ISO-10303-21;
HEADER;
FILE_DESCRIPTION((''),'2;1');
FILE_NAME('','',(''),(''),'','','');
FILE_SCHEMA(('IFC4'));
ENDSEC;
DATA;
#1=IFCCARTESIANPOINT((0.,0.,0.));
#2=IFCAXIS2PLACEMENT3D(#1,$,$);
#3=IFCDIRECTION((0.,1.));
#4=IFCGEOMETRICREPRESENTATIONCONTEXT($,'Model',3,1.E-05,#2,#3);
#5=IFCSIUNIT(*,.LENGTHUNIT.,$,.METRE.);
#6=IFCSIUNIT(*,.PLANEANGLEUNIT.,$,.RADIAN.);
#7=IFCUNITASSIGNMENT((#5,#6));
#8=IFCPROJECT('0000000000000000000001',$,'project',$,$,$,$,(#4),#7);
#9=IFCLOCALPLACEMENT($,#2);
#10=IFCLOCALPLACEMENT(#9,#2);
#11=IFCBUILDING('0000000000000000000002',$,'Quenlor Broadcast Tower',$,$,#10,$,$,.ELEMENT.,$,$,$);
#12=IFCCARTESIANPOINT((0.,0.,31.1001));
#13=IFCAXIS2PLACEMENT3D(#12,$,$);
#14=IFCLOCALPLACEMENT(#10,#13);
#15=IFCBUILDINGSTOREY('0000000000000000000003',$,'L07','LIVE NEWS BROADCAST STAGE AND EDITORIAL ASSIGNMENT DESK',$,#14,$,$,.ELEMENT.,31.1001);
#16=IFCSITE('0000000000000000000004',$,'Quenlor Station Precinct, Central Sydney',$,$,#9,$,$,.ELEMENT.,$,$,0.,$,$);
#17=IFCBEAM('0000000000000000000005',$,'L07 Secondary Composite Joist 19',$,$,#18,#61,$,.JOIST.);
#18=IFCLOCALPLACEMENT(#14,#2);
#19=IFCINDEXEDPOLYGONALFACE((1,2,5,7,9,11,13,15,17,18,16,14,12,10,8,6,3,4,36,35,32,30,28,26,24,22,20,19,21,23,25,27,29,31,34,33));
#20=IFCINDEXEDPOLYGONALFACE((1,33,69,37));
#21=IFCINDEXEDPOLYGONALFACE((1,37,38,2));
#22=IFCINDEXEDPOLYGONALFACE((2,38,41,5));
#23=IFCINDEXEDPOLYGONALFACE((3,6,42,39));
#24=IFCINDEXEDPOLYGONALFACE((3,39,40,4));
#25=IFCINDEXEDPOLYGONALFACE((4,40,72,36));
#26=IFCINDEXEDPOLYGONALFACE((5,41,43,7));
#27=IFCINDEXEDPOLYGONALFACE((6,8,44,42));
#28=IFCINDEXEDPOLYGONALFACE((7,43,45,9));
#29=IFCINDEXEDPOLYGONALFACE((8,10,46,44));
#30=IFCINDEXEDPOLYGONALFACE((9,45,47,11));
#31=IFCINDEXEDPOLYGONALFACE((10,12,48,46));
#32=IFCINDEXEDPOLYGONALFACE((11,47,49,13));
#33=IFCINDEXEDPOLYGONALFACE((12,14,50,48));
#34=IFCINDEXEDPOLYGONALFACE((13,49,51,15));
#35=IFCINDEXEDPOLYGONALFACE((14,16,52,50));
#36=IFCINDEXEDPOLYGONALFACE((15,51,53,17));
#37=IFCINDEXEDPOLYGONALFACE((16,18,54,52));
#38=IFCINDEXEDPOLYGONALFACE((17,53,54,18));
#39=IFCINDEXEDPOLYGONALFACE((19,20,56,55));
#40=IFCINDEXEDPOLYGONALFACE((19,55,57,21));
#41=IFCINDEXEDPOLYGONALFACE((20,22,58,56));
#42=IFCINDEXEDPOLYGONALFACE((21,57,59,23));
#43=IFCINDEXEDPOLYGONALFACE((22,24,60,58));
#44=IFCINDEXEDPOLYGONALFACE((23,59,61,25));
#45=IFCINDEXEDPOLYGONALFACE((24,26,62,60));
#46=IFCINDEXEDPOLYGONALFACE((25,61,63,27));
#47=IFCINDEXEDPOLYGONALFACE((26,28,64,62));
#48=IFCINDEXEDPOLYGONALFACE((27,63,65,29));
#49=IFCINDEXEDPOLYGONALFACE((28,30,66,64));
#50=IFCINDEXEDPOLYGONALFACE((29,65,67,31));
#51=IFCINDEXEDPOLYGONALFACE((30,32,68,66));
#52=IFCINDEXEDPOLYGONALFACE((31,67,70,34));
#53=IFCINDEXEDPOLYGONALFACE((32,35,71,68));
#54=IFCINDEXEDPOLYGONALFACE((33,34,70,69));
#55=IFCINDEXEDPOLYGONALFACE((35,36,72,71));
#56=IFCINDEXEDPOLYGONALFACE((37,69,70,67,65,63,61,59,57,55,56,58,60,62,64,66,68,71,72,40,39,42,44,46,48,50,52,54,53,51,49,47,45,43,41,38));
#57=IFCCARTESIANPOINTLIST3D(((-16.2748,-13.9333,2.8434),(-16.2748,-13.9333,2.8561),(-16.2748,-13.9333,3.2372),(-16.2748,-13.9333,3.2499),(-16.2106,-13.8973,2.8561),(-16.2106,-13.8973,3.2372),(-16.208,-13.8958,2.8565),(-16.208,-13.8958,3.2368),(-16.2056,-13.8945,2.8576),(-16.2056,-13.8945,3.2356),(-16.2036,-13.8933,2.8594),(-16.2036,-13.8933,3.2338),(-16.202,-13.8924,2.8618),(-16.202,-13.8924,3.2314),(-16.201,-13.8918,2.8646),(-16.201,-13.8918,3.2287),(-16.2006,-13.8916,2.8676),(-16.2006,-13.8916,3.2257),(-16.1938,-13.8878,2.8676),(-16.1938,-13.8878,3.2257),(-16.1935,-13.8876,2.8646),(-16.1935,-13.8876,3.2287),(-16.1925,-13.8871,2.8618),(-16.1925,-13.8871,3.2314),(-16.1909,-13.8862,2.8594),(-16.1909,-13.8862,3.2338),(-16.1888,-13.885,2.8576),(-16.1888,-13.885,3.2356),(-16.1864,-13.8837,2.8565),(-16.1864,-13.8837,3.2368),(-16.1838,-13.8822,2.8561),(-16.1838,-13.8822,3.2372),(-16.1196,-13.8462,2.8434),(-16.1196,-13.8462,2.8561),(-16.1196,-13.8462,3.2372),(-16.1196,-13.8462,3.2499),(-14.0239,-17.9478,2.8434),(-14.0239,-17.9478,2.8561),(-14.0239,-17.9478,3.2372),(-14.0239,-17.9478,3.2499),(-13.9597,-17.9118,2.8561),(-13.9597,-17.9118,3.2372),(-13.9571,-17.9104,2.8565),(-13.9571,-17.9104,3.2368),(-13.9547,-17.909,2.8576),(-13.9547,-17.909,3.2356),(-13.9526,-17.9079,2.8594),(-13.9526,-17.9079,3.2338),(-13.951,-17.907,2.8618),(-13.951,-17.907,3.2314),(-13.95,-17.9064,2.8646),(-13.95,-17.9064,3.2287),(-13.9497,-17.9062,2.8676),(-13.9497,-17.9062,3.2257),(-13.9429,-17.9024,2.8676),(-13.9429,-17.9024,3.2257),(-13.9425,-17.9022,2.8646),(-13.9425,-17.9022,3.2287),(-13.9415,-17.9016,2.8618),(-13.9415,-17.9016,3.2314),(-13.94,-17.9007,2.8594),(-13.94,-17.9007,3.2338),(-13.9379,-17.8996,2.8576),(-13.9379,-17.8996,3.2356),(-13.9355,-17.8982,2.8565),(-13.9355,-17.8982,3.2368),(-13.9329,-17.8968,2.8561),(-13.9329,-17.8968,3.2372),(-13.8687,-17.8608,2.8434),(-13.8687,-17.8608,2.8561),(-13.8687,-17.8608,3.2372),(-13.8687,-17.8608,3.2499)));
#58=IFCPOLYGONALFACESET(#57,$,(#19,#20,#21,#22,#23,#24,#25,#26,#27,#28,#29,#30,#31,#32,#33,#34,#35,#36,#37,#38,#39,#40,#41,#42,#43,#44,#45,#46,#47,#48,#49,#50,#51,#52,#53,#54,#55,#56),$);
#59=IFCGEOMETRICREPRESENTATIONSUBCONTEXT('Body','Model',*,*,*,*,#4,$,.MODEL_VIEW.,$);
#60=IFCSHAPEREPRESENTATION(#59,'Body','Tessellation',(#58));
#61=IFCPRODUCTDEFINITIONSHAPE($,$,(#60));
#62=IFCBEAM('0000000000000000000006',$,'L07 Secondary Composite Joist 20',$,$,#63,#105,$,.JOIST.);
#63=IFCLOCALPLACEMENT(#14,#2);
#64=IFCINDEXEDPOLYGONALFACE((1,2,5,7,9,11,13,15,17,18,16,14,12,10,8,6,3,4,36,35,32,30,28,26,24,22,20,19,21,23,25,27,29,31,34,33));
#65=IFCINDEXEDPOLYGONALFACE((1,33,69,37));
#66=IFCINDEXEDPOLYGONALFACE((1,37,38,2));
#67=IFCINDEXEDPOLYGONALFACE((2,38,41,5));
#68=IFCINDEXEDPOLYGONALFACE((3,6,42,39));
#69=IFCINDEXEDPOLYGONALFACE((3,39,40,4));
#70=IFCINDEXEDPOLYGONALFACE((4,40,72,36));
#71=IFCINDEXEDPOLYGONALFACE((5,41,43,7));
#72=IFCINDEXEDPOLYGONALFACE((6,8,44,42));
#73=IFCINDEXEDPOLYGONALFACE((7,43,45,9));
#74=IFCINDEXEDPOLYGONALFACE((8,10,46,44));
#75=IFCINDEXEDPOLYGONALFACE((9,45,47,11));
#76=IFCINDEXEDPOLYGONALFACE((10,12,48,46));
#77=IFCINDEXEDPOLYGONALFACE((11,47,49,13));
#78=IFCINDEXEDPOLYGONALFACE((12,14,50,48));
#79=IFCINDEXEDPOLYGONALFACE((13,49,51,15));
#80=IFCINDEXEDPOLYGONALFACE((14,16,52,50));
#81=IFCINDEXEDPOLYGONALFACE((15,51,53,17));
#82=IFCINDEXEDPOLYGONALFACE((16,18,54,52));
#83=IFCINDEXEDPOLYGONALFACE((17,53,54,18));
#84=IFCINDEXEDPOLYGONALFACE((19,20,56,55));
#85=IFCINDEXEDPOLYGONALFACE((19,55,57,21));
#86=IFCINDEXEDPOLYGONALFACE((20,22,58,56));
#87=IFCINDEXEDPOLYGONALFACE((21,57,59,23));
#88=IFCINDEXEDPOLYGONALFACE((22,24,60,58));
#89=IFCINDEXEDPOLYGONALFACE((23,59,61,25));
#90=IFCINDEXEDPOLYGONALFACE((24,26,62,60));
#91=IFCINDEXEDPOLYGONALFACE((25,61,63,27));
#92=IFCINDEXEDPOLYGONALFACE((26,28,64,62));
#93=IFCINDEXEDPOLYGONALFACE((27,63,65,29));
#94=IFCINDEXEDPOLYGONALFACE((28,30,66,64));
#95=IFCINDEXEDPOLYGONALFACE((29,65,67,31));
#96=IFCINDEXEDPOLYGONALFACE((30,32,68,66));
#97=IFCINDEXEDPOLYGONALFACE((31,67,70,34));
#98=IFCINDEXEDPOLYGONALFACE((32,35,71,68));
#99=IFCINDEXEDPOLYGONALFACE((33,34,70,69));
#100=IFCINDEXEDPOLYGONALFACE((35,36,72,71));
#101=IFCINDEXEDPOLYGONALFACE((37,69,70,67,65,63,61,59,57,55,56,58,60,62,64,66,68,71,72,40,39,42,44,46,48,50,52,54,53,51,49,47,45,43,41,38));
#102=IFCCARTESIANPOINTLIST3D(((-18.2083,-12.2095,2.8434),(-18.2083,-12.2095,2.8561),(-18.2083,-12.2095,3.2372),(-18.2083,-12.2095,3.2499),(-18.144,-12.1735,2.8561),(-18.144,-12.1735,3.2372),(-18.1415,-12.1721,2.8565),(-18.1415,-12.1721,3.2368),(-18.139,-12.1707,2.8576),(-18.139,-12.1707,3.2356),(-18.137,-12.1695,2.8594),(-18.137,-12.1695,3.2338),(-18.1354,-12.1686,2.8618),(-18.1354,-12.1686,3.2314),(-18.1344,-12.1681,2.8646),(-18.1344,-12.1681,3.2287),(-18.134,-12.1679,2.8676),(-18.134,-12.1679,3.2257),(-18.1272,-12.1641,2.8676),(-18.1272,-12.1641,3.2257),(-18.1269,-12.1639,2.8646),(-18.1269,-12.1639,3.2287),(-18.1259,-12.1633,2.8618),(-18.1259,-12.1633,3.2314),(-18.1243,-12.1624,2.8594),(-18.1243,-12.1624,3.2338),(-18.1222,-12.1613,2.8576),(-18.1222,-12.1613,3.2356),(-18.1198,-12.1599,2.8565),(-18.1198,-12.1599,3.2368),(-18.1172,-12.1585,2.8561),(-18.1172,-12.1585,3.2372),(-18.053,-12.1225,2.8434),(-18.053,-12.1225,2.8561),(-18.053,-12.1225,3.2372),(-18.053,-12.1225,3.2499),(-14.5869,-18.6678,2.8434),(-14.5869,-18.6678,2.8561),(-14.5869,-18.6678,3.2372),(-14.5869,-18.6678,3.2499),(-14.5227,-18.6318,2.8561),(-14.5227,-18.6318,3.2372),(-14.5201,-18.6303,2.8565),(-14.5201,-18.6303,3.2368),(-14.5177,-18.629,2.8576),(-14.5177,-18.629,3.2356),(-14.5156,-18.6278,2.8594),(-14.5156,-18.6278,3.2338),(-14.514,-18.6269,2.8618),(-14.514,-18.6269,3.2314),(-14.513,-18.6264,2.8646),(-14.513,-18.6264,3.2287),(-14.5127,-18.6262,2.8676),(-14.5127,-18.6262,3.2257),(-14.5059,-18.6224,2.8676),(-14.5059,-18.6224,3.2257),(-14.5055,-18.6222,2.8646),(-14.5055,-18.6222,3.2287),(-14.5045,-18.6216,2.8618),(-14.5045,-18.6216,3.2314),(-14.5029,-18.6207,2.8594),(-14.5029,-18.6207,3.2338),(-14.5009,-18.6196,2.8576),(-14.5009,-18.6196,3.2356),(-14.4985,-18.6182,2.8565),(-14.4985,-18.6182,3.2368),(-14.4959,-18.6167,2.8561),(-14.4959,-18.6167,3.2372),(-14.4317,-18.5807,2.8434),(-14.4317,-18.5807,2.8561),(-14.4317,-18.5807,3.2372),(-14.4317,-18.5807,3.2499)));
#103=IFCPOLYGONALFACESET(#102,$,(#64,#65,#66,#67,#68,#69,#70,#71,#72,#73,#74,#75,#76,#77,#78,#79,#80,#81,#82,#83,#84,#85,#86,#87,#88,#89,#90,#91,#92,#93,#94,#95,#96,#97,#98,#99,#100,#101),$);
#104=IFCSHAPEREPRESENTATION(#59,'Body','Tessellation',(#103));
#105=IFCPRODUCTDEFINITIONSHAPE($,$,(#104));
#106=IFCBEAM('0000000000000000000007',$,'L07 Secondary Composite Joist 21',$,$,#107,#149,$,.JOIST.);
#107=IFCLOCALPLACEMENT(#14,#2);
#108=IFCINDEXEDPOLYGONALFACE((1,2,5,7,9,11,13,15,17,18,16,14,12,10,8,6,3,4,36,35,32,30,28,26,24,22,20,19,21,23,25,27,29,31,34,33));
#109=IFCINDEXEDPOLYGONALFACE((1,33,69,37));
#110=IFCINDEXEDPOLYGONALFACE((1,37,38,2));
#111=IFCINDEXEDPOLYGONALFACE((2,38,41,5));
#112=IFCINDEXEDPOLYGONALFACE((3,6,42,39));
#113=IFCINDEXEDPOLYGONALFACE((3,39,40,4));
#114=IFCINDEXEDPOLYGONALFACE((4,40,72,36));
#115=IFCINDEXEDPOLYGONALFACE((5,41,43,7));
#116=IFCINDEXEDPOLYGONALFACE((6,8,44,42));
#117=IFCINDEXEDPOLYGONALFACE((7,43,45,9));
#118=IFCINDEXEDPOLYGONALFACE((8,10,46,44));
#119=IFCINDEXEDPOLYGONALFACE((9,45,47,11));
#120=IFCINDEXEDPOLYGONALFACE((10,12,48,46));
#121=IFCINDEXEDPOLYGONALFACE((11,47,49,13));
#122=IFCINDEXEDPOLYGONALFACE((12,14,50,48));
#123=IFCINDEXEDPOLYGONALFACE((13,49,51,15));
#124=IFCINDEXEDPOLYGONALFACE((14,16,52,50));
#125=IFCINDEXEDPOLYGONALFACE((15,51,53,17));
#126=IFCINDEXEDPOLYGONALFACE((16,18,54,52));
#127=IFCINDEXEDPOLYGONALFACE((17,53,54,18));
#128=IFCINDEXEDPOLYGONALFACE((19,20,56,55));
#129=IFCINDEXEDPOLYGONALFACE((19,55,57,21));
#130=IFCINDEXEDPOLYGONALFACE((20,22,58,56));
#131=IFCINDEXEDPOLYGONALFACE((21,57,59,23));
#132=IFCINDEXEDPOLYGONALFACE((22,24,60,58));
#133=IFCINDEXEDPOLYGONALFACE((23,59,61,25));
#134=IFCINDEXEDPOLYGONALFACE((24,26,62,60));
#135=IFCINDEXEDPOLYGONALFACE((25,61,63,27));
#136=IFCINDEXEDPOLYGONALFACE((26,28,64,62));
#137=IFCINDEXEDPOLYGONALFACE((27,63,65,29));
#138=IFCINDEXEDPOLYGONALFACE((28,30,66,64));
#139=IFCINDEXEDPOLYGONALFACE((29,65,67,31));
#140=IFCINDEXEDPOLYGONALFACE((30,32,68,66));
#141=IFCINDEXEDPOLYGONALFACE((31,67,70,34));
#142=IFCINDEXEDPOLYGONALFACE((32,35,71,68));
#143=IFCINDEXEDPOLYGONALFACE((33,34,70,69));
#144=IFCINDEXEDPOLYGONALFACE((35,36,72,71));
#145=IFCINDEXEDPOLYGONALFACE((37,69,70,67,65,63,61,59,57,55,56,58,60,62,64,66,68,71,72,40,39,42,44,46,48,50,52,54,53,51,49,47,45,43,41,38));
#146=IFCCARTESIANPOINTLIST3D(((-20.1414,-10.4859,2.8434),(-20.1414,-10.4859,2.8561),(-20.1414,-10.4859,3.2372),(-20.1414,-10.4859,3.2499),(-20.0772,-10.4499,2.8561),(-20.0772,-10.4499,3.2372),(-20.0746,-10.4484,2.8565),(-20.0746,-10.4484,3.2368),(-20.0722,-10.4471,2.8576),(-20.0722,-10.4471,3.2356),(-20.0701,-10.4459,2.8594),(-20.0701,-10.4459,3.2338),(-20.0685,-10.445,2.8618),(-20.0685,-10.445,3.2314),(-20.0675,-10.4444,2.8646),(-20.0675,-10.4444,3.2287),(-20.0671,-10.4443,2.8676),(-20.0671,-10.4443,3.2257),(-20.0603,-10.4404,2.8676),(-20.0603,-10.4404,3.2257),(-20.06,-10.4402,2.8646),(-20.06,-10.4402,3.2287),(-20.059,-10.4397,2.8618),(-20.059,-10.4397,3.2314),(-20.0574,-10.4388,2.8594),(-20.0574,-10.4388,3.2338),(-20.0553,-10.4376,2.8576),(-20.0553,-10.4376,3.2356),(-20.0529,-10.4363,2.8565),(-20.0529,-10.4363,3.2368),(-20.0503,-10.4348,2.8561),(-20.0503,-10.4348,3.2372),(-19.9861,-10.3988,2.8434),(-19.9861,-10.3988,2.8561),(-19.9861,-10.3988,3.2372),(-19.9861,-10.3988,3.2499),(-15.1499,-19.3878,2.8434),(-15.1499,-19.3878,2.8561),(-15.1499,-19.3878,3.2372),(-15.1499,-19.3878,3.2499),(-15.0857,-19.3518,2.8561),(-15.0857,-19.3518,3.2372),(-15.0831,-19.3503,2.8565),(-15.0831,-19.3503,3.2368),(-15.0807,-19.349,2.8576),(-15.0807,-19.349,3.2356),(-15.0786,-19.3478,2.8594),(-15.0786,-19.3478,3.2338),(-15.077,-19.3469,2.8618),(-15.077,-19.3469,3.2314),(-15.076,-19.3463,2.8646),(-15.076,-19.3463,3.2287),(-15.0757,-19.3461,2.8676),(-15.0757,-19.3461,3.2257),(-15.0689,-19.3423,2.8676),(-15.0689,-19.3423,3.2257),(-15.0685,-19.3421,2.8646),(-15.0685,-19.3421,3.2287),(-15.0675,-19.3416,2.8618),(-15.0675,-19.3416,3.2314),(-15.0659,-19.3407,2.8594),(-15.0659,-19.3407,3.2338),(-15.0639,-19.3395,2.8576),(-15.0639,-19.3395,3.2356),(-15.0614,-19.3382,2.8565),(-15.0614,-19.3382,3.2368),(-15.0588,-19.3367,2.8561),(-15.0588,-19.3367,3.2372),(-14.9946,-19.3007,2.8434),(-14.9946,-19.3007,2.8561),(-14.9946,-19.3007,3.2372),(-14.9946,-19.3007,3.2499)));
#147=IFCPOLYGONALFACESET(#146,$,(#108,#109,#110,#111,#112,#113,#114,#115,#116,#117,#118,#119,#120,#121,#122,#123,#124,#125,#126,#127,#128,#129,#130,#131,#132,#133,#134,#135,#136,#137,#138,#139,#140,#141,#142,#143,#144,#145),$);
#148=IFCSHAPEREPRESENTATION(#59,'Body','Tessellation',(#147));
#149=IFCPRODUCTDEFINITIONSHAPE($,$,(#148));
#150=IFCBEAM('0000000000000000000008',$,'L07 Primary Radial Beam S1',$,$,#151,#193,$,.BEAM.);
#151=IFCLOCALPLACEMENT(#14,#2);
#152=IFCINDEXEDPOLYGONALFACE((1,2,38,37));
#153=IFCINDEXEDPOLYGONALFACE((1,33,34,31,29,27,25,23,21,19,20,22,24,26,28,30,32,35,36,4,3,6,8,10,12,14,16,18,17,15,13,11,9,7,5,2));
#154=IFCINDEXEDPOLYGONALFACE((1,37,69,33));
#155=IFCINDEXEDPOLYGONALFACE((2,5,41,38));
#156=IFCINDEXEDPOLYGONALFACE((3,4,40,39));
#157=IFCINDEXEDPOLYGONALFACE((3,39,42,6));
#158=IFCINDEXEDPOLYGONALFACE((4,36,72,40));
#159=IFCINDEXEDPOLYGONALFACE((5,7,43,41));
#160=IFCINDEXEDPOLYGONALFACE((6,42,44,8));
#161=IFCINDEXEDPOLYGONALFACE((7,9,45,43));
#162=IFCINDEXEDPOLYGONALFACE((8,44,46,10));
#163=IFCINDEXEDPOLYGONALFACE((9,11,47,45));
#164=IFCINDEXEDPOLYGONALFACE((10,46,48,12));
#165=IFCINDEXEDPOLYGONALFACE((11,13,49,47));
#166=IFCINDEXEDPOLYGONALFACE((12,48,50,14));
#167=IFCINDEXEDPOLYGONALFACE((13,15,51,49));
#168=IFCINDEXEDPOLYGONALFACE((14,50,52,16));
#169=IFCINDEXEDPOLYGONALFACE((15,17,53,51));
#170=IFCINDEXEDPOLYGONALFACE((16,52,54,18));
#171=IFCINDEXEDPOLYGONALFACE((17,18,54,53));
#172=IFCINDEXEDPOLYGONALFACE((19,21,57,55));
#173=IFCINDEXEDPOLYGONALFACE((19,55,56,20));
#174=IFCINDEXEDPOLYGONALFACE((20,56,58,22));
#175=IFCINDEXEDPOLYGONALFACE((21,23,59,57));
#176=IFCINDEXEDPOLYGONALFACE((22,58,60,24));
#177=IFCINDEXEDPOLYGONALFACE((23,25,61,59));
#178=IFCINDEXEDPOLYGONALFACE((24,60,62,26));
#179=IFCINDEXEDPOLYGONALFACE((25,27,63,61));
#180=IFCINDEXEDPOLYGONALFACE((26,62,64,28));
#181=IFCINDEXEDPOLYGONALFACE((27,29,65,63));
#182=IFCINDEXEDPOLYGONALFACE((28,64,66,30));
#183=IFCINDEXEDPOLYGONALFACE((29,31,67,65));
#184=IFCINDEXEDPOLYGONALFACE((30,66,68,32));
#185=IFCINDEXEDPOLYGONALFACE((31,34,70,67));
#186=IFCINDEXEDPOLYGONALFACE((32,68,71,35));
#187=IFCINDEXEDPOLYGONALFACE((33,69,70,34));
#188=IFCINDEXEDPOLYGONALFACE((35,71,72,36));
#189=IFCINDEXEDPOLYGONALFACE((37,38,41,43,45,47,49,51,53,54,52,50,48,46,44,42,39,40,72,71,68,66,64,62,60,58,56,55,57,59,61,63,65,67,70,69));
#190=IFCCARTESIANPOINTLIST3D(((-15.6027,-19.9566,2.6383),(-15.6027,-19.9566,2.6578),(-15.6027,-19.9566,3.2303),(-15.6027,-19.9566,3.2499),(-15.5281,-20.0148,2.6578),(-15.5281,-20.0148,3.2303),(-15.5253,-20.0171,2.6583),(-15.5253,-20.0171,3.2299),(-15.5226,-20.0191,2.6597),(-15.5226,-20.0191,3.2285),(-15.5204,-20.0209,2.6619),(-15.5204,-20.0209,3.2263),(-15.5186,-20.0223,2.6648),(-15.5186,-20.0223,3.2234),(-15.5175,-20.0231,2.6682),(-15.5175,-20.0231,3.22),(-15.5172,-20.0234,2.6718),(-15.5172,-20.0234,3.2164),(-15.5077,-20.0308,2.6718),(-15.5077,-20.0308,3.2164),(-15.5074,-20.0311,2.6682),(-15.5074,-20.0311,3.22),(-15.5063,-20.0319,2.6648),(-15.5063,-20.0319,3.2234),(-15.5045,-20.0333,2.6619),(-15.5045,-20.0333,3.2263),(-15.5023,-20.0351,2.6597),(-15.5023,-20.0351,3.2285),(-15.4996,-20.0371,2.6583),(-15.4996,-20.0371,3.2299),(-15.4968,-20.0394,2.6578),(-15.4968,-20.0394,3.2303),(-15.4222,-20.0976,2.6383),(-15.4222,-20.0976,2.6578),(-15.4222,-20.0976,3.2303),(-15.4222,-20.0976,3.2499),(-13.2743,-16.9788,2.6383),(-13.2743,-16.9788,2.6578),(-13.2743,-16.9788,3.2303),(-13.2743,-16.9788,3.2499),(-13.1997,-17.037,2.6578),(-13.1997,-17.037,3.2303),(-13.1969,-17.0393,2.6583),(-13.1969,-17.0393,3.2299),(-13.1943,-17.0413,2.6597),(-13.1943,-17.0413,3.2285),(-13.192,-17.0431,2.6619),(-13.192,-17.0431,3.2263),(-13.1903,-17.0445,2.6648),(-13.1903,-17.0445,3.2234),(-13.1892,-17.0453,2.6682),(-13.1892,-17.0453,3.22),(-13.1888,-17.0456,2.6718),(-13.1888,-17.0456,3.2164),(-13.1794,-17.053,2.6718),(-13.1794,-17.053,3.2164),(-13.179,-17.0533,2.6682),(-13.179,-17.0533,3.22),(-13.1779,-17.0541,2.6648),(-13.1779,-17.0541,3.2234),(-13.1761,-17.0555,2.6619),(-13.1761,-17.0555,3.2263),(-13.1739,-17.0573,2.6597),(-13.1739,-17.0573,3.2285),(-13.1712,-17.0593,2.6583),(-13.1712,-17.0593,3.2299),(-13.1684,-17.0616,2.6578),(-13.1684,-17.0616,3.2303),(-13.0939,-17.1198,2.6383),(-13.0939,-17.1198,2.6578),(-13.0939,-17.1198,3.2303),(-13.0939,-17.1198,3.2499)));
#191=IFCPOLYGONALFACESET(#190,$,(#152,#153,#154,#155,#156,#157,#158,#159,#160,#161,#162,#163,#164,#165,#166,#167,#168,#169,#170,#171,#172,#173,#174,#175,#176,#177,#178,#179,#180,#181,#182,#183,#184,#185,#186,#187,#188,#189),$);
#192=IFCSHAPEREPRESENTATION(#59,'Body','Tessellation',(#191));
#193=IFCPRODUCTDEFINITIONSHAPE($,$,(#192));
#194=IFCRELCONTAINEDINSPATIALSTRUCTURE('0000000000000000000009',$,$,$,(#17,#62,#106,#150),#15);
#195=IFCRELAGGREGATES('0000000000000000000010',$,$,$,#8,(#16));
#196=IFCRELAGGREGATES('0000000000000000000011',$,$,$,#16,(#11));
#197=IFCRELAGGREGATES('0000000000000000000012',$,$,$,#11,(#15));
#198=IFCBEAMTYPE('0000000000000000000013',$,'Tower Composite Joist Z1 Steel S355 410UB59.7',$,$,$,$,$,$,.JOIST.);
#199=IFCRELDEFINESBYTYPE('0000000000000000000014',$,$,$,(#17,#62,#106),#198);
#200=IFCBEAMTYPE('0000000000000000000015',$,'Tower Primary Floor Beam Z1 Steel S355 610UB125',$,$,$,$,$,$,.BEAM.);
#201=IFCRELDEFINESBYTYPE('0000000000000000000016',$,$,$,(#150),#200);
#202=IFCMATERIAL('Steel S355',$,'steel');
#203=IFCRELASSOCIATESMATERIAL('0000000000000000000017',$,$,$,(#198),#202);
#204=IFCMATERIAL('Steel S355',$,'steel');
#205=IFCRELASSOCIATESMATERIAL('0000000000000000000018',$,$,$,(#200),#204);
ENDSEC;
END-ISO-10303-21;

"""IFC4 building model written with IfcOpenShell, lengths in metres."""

from ifc_helpers import new_model, si_unit, direction, frame, origin, origin_2d, place, context, subcontext, project, spatial, i_section, extrude, material, material_profile, profile_set, type_object, element, save


model = new_model("IFC4")

# Units and contexts
model_context = context("Model", 3, precision=1e-05, world=origin(), true_north=direction((0.0, 1.0)))
body_context = subcontext(model_context, "Body", "Model", "MODEL_VIEW")
ifc_project = project(units=[si_unit("LENGTHUNIT", "METRE"), si_unit("PLANEANGLEUNIT", "RADIAN")], contexts=[model_context])

# Site, building, storey
site_placement = place(None, origin())
site = spatial("IfcSite", under=ifc_project, at=site_placement, Name="Quenlor Station Precinct, Central Sydney", CompositionType="ELEMENT", RefElevation=0.0)
building_placement = place(site_placement, origin())
building = spatial("IfcBuilding", under=site, at=building_placement, Name="Quenlor Broadcast Tower", CompositionType="ELEMENT")
storey_placement = place(building_placement, frame((0.0, 0.0, 31.1001)))
storey = spatial("IfcBuildingStorey", under=building, at=storey_placement, Name="L07", Description="LIVE NEWS BROADCAST STAGE AND EDITORIAL ASSIGNMENT DESK", CompositionType="ELEMENT", Elevation=31.1001)

# Beams
ifc_material_1 = material(Name="Steel S355", Category="steel")
ifc_material_profile_1 = material_profile(ifc_material_1, i_section(OverallWidth=0.178, OverallDepth=0.4065, WebThickness=0.0078, FlangeThickness=0.0127, FilletRadius=0.0115, at=origin_2d()))
ifc_profile_set_1 = profile_set([ifc_material_profile_1], Name="Steel S355 410UB59.7")
beam_type_1 = type_object("IfcBeamType", Name="Tower Composite Joist Z1 Steel S355 410UB59.7", PredefinedType="JOIST", material=ifc_profile_set_1)
beam_1_placement = place(storey_placement, frame((-13.9463, -17.9043, 3.0466), z_axis=(-0.489062, 0.872249, 0.0), x_axis=(-0.872249, -0.489062, 0.0)))
element("IfcBeam", 1, at=beam_1_placement, inside=storey, type_object=beam_type_1, Name="L07 Secondary Composite Joist 19", PredefinedType="JOIST", context=body_context, shape_type="SweptSolid", body=[
    extrude(i_section(OverallWidth=0.178, OverallDepth=0.4065, WebThickness=0.0078, FlangeThickness=0.0127, FilletRadius=0.0115, at=origin_2d()), origin(), (0.0, 0.0, 1.0), 4.6025),
])
beam_2_placement = place(storey_placement, frame((-14.5093, -18.6243, 3.0466), z_axis=(-0.489088, 0.872234, 0.0), x_axis=(-0.872234, -0.489088, 0.0)))
element("IfcBeam", 2, at=beam_2_placement, inside=storey, type_object=beam_type_1, Name="L07 Secondary Composite Joist 20", PredefinedType="JOIST", context=body_context, shape_type="SweptSolid", body=[
    extrude(i_section(OverallWidth=0.178, OverallDepth=0.4065, WebThickness=0.0078, FlangeThickness=0.0127, FilletRadius=0.0115, at=origin_2d()), origin(), (0.0, 0.0, 1.0), 7.4043),
])
beam_3_placement = place(storey_placement, frame((-15.0723, -19.3442, 3.0466), z_axis=(-0.489082, 0.872238, 0.0), x_axis=(-0.872238, -0.489082, 0.0)))
element("IfcBeam", 3, at=beam_3_placement, inside=storey, type_object=beam_type_1, Name="L07 Secondary Composite Joist 21", PredefinedType="JOIST", context=body_context, shape_type="SweptSolid", body=[
    extrude(i_section(OverallWidth=0.178, OverallDepth=0.4065, WebThickness=0.0078, FlangeThickness=0.0127, FilletRadius=0.0115, at=origin_2d()), origin(), (0.0, 0.0, 1.0), 10.2058),
])
ifc_material_2 = material(Name="Steel S355", Category="steel")
ifc_material_profile_2 = material_profile(ifc_material_2, i_section(OverallWidth=0.229, OverallDepth=0.6116, WebThickness=0.012, FlangeThickness=0.0195, FilletRadius=0.0139, at=origin_2d()))
ifc_profile_set_2 = profile_set([ifc_material_profile_2], Name="Steel S355 610UB125")
beam_type_2 = type_object("IfcBeamType", Name="Tower Primary Floor Beam Z1 Steel S355 610UB125", PredefinedType="BEAM", material=ifc_profile_set_2)
beam_4_placement = place(storey_placement, frame((-15.5125, -20.0271, 2.9441), z_axis=(0.615969, 0.787771, 0.0), x_axis=(-0.787771, 0.615969, 0.0)))
element("IfcBeam", 4, at=beam_4_placement, inside=storey, type_object=beam_type_2, Name="L07 Primary Radial Beam S1", PredefinedType="BEAM", context=body_context, shape_type="SweptSolid", body=[
    extrude(i_section(OverallWidth=0.229, OverallDepth=0.6116, WebThickness=0.012, FlangeThickness=0.0195, FilletRadius=0.0139, at=origin_2d()), origin(), (0.0, 0.0, 1.0), 3.78),
])

save(model, "model.ifc")
